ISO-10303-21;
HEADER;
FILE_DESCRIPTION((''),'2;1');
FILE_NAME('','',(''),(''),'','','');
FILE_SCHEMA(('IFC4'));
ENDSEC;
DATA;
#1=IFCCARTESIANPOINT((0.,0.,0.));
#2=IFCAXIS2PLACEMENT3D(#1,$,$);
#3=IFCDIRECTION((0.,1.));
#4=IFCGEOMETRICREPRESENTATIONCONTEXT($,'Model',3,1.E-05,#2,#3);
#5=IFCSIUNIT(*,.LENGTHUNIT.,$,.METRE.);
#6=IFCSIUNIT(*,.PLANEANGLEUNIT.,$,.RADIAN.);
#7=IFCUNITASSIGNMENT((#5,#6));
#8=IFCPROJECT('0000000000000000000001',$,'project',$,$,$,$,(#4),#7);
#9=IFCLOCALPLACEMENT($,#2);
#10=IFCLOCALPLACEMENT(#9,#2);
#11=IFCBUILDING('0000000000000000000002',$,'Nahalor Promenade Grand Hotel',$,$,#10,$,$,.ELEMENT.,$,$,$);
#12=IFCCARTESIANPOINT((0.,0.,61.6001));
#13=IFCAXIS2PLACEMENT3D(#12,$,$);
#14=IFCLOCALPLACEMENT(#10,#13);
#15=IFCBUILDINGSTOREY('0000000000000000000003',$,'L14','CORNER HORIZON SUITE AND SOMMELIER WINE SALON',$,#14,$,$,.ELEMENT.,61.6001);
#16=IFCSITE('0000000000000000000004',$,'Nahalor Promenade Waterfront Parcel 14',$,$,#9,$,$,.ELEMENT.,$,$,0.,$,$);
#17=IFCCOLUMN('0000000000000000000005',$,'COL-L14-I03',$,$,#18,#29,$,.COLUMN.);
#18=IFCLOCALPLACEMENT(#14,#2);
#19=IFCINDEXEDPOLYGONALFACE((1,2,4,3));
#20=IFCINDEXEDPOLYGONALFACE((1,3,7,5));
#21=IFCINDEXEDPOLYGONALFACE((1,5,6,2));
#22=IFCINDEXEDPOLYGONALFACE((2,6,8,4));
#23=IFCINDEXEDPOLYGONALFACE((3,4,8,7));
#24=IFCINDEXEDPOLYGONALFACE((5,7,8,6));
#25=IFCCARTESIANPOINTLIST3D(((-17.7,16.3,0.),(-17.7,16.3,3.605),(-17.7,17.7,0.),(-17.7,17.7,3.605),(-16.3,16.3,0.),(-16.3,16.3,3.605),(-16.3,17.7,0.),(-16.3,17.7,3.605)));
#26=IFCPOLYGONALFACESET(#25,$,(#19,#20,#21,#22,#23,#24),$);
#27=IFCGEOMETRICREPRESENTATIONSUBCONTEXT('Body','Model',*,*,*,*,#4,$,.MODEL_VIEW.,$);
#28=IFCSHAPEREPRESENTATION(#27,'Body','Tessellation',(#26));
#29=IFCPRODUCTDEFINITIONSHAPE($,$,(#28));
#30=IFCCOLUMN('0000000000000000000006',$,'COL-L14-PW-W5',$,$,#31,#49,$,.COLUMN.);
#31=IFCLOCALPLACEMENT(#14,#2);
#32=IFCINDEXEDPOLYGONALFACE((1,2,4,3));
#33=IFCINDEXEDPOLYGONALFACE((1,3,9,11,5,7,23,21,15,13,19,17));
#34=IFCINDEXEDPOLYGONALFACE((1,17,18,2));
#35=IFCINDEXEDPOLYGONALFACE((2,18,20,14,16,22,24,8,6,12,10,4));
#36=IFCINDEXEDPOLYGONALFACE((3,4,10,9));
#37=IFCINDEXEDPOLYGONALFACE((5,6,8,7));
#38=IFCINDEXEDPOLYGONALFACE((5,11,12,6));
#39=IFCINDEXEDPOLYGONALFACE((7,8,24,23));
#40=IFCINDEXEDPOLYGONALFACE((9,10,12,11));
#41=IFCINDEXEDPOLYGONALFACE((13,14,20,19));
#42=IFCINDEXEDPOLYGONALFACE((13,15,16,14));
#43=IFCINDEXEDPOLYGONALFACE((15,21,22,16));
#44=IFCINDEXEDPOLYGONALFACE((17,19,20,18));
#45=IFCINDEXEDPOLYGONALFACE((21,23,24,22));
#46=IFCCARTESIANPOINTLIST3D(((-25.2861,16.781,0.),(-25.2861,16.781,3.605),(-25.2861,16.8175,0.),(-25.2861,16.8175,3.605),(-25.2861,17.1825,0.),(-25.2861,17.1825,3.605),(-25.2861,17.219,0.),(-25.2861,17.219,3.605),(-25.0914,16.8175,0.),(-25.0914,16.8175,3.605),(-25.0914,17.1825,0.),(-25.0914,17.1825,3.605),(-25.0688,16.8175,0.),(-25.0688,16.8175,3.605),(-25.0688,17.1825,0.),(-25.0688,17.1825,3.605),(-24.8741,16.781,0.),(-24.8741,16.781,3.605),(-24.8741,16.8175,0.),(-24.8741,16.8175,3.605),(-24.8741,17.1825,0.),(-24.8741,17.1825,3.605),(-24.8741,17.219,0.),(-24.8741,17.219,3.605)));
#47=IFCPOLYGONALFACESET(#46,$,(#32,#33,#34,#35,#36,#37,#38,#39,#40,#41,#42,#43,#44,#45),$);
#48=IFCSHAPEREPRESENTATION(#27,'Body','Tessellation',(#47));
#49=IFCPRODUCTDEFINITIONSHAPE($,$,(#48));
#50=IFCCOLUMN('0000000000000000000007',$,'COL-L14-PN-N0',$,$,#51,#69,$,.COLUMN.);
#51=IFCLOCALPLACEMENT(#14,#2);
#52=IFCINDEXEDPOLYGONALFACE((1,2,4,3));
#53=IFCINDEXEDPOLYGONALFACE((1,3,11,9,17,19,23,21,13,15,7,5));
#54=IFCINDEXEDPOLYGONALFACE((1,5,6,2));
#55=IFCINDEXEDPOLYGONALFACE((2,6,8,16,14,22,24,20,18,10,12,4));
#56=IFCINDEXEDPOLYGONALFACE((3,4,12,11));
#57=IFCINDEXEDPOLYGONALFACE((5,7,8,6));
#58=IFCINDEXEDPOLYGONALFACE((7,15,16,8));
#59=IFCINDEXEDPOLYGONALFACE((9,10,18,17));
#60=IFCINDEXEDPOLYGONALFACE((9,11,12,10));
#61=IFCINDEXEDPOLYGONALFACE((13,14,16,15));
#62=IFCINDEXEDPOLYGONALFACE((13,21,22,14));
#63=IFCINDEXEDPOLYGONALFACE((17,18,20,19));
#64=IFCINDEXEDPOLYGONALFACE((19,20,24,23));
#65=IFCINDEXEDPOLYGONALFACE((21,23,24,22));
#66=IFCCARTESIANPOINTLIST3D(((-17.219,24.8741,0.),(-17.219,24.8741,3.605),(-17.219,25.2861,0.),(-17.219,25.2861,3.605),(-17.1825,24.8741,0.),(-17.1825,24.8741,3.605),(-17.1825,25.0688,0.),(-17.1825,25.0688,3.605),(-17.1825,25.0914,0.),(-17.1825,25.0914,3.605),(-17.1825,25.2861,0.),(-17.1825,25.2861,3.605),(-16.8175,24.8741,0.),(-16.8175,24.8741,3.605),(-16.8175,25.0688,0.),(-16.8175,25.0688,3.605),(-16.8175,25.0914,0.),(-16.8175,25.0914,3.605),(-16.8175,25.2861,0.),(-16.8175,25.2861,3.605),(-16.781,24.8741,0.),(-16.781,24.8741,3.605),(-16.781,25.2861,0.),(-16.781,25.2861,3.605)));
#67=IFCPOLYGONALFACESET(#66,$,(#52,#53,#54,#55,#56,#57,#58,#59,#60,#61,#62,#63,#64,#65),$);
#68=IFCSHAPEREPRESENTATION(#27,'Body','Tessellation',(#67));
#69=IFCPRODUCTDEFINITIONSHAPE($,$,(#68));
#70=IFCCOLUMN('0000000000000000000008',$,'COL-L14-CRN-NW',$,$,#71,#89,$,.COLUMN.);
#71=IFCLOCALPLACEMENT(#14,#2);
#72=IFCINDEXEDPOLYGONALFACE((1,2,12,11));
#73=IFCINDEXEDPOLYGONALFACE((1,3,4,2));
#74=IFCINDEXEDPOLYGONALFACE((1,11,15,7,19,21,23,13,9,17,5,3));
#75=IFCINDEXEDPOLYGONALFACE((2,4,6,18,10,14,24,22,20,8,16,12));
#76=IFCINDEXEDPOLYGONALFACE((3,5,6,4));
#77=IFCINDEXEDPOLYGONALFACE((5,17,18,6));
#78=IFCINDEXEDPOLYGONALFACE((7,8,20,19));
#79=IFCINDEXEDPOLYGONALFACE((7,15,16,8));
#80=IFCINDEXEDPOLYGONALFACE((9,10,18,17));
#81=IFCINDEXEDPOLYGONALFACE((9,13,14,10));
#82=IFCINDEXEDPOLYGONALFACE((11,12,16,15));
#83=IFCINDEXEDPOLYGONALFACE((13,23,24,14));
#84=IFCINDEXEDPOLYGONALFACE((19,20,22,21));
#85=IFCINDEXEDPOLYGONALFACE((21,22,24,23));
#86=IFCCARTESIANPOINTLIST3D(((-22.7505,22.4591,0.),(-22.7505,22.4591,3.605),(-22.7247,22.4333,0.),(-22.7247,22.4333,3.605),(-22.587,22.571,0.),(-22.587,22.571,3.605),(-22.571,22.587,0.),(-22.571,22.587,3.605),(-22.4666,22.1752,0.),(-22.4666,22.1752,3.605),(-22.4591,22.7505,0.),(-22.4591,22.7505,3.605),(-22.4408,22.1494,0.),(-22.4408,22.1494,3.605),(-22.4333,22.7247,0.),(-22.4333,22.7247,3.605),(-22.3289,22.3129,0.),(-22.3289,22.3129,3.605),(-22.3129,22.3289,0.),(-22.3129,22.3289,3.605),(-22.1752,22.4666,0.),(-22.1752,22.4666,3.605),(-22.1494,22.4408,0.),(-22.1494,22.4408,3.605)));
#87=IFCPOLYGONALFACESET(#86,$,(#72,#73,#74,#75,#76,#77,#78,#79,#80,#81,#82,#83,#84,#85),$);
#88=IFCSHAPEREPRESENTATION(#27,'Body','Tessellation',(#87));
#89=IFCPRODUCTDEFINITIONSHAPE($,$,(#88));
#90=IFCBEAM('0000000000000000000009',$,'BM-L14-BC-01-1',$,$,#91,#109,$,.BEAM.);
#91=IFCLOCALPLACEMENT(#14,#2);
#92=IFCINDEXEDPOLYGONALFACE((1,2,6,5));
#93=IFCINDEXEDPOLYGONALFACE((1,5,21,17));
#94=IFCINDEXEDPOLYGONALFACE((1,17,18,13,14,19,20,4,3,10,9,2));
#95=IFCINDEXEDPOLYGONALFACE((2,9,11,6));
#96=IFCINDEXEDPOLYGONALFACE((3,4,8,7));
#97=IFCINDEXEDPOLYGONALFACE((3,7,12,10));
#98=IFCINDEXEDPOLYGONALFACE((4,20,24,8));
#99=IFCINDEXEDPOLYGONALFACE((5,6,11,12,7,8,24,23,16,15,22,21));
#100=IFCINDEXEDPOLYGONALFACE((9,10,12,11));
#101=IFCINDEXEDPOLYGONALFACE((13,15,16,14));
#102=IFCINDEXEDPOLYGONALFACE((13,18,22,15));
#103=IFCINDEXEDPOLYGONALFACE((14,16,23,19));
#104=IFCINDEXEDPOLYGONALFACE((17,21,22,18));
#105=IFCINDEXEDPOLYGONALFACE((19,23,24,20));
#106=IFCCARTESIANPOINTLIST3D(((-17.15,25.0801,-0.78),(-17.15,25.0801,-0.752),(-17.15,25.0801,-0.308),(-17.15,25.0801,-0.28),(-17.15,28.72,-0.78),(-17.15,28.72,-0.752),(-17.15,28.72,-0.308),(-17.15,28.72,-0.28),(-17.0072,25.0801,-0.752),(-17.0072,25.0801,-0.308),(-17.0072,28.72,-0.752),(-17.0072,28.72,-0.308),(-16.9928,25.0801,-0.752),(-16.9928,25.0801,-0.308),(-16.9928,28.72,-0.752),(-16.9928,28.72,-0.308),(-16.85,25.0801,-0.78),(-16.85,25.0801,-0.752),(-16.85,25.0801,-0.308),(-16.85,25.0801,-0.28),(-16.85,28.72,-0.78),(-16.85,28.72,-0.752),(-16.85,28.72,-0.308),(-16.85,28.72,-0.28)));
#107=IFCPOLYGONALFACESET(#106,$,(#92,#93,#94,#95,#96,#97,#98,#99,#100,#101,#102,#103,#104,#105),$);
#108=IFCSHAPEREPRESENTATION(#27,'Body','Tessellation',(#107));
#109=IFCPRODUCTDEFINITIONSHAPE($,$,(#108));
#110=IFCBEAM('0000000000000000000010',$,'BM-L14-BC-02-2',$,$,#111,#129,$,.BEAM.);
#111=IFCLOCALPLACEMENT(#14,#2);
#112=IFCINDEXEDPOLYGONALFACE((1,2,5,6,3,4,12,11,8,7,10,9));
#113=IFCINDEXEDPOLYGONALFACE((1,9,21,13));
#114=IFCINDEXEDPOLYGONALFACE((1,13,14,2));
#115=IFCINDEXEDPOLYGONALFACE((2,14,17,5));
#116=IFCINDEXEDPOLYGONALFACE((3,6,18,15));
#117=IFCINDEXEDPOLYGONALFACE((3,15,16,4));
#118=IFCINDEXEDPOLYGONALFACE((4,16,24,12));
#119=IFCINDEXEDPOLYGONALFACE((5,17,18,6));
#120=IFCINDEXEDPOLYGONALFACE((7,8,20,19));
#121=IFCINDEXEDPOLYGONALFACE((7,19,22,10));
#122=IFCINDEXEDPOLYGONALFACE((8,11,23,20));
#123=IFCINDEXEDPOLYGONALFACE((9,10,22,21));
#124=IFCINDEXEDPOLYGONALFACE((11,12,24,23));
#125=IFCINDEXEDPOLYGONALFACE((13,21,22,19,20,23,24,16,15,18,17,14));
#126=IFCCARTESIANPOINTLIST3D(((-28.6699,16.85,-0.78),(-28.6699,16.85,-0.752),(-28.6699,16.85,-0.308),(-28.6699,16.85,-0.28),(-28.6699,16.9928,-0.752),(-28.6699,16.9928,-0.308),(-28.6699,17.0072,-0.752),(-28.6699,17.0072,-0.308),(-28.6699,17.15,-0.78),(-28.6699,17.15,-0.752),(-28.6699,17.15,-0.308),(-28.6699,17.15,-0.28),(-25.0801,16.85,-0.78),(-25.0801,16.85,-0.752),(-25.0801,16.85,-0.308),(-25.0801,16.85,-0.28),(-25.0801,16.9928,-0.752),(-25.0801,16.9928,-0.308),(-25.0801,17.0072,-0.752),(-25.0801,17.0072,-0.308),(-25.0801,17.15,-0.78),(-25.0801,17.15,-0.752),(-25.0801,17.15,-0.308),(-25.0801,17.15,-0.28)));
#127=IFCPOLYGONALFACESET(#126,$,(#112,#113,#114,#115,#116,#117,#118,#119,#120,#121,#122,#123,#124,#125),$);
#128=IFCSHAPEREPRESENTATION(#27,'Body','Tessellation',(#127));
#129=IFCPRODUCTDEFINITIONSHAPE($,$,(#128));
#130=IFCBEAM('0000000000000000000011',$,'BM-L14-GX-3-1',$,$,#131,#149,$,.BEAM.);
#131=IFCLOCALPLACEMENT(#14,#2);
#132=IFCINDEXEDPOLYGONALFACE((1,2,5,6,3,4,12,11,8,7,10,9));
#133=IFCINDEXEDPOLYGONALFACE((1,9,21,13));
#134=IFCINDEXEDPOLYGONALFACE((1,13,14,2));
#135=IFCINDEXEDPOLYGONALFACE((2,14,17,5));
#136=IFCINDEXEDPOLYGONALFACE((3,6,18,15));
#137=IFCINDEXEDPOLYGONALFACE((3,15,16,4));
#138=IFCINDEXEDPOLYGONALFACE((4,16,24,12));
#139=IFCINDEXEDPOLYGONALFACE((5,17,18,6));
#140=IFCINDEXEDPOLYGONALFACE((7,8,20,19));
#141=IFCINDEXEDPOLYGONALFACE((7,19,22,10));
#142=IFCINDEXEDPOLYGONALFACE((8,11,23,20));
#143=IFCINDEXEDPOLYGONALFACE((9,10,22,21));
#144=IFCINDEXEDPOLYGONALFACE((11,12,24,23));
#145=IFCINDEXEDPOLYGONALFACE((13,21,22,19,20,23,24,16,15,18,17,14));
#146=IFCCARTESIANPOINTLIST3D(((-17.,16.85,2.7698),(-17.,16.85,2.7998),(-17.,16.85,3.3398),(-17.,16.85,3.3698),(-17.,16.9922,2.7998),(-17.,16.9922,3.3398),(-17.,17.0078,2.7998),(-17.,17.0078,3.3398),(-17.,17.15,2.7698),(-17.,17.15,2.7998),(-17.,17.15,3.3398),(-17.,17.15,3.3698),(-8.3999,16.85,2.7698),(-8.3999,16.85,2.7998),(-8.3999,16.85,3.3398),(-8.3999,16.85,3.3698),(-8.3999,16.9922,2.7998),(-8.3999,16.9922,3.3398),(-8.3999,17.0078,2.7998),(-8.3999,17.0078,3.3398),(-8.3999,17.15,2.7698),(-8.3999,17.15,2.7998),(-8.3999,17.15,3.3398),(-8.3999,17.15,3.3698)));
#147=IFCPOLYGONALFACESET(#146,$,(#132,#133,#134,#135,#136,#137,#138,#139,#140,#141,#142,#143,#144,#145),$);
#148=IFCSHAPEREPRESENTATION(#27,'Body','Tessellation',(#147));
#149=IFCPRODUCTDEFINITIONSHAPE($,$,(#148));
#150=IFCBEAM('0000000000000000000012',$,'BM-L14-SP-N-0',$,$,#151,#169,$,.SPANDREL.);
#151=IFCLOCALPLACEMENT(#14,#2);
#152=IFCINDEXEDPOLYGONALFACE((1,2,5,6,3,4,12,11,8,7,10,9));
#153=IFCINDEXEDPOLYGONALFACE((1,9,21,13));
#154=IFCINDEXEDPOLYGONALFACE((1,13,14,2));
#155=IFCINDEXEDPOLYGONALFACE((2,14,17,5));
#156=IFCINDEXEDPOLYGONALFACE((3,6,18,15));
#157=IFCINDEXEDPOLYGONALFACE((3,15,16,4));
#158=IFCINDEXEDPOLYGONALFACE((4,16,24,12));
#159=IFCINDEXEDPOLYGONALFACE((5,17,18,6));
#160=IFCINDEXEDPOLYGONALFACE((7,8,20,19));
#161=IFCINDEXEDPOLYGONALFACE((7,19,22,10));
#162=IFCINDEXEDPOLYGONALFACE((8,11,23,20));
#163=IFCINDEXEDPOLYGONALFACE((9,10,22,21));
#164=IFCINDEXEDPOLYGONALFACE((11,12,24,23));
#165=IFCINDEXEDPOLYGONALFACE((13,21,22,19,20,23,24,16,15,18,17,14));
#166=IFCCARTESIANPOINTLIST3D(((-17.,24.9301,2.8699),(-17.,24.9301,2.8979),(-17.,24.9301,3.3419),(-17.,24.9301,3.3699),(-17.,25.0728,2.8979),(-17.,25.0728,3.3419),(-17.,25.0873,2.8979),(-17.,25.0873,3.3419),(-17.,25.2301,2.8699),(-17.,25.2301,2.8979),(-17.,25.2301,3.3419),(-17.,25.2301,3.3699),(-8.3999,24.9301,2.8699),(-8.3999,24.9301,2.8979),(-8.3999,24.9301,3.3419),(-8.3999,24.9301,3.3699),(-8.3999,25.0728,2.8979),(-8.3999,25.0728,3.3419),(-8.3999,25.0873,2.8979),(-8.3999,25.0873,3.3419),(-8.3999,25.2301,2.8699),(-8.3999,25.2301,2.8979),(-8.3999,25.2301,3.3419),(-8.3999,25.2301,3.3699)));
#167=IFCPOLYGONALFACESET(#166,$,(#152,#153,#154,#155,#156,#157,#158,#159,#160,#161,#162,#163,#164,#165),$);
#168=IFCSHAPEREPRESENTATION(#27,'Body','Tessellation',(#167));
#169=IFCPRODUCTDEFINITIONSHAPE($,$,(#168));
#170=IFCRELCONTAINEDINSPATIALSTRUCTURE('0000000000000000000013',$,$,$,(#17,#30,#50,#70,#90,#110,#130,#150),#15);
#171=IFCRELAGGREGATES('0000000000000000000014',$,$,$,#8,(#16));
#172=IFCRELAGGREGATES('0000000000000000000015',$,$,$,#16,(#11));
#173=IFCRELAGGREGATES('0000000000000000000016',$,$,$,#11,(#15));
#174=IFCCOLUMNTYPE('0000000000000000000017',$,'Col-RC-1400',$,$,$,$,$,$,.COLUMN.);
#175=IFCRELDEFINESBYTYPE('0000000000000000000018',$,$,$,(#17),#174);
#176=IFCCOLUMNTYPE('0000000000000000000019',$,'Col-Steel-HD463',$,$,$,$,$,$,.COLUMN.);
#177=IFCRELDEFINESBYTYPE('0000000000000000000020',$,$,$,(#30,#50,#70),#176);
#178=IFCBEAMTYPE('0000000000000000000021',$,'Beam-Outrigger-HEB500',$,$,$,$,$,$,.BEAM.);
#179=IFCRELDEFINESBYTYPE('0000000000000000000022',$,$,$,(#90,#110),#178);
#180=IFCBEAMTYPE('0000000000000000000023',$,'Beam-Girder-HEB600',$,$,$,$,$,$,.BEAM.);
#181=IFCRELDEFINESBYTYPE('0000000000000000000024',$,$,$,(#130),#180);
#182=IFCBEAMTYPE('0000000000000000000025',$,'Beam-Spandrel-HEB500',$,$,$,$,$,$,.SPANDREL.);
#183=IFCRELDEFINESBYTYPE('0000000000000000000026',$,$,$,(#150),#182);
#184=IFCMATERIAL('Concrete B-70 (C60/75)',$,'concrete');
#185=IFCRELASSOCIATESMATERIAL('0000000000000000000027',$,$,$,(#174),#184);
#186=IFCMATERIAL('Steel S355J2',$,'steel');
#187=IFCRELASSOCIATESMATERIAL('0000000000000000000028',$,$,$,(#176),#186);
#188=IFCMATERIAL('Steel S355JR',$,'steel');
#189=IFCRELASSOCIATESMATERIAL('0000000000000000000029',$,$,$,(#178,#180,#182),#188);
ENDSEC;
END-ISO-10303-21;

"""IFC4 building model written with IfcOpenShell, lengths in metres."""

from ifc_helpers import new_model, si_unit, direction, frame, origin, origin_2d, place, context, subcontext, project, spatial, rectangle, i_section, extrude, source, transform, mapped, material, material_profile, profile_set, type_object, element, save


model = new_model("IFC4")

# Units and contexts
model_context = context("Model", 3, precision=1e-05, world=origin(), true_north=direction((0.0, 1.0)))
body_context = subcontext(model_context, "Body", "Model", "MODEL_VIEW")
ifc_project = project(units=[si_unit("LENGTHUNIT", "METRE"), si_unit("PLANEANGLEUNIT", "RADIAN")], contexts=[model_context])

# Site, building, storey
site_placement = place(None, origin())
site = spatial("IfcSite", under=ifc_project, at=site_placement, Name="Nahalor Promenade Waterfront Parcel 14", CompositionType="ELEMENT", RefElevation=0.0)
building_placement = place(site_placement, origin())
building = spatial("IfcBuilding", under=site, at=building_placement, Name="Nahalor Promenade Grand Hotel", CompositionType="ELEMENT")
storey_placement = place(building_placement, frame((0.0, 0.0, 61.6001)))
storey = spatial("IfcBuildingStorey", under=building, at=storey_placement, Name="L14", Description="CORNER HORIZON SUITE AND SOMMELIER WINE SALON", CompositionType="ELEMENT", Elevation=61.6001)

# Columns
ifc_material_1 = material(Name="Concrete B-70 (C60/75)", Category="concrete")
ifc_material_profile_1 = material_profile(ifc_material_1, rectangle(XDim=1.4, YDim=1.4, at=origin_2d()), Name="RC 1400x1400")
ifc_profile_set_1 = profile_set([ifc_material_profile_1], Name="Concrete B-70 (C60/75)")
column_type_1 = type_object("IfcColumnType", Name="Col-RC-1400", PredefinedType="COLUMN", material=ifc_profile_set_1)
shared_shape_1 = source(origin(), body_context, "Body", "SweptSolid", [
    extrude(rectangle(XDim=1.4, YDim=1.4, at=origin_2d()), origin(), (0.0, 0.0, 1.0), 3.605),
])
column_placement = place(storey_placement, frame((-17.0, 17.0, 0.0), z_axis=(0.0, 0.0, 1.0), x_axis=(1.0, 0.0, 0.0)))
element("IfcColumn", 1, at=column_placement, inside=storey, type_object=column_type_1, Name="COL-L14-I03", PredefinedType="COLUMN", context=body_context, shape_type="MappedRepresentation", body=[
    mapped(shared_shape_1, transform((0.0, 0.0, 0.0), scale=1.0)),
])
ifc_material_2 = material(Name="Steel S355J2", Category="steel")
ifc_material_profile_2 = material_profile(ifc_material_2, i_section(OverallWidth=0.412, OverallDepth=0.438, WebThickness=0.0226, FlangeThickness=0.0365, at=origin_2d()), Name="HD 400x463")
ifc_profile_set_2 = profile_set([ifc_material_profile_2], Name="Steel S355J2")
column_type_2 = type_object("IfcColumnType", Name="Col-Steel-HD463", PredefinedType="COLUMN", material=ifc_profile_set_2)
shared_shape_2 = source(origin(), body_context, "Body", "SweptSolid", [
    extrude(i_section(OverallWidth=0.412, OverallDepth=0.438, WebThickness=0.0226, FlangeThickness=0.0365, at=origin_2d()), origin(), (0.0, 0.0, 1.0), 3.605),
])
for number, where, z_axis, x_axis, name in (
    (2, (-25.0801, 17.0, 0.0), (0.0, 0.0, 1.0), (1.0, 0.0, 0.0), "COL-L14-PW-W5"),
    (3, (-17.0, 25.0801, 0.0), (0.0, 0.0, 1.0), (0.0, 1.0, 0.0), "COL-L14-PN-N0"),
    (4, (-22.45, 22.45, 0.0), (0.0, 0.0, 1.0), (0.707107, 0.707107, 0.0), "COL-L14-CRN-NW"),
):
    element("IfcColumn", number, at=place(storey_placement, frame(where, z_axis=z_axis, x_axis=x_axis)), inside=storey, type_object=column_type_2, Name=name, PredefinedType="COLUMN", context=body_context, shape_type="MappedRepresentation", body=[
        mapped(shared_shape_2, transform((0.0, 0.0, 0.0), scale=1.0)),
    ])

# Beams
ifc_material_3 = material(Name="Steel S355JR", Category="steel")
ifc_material_profile_3 = material_profile(ifc_material_3, i_section(OverallWidth=0.3, OverallDepth=0.5, WebThickness=0.0145, FlangeThickness=0.028, at=origin_2d()), Name="HEB 500")
ifc_profile_set_3 = profile_set([ifc_material_profile_3], Name="Steel S355JR")
beam_type_1 = type_object("IfcBeamType", Name="Beam-Outrigger-HEB500", PredefinedType="BEAM", material=ifc_profile_set_3)
shared_shape_3 = source(origin(), body_context, "Body", "SweptSolid", [
    extrude(i_section(OverallWidth=0.3, OverallDepth=0.5, WebThickness=0.0145, FlangeThickness=0.028, at=origin_2d()), origin(), (0.0, 0.0, 1.0), 3.6399),
])
beam_1_placement = place(storey_placement, frame((-17.0, 25.0801, -0.53), z_axis=(0.0, 1.0, 0.0), x_axis=(-1.0, 0.0, 0.0)))
element("IfcBeam", 5, at=beam_1_placement, inside=storey, type_object=beam_type_1, Name="BM-L14-BC-01-1", PredefinedType="BEAM", context=body_context, shape_type="MappedRepresentation", body=[
    mapped(shared_shape_3, transform((0.0, 0.0, 0.0), scale=1.0)),
])
shared_shape_4 = source(origin(), body_context, "Body", "SweptSolid", [
    extrude(i_section(OverallWidth=0.3, OverallDepth=0.5, WebThickness=0.0145, FlangeThickness=0.028, at=origin_2d()), origin(), (0.0, 0.0, 1.0), 3.5898),
])
beam_2_placement = place(storey_placement, frame((-28.6699, 17.0, -0.53), z_axis=(1.0, 0.0, 0.0), x_axis=(0.0, 1.0, 0.0)))
element("IfcBeam", 6, at=beam_2_placement, inside=storey, type_object=beam_type_1, Name="BM-L14-BC-02-2", PredefinedType="BEAM", context=body_context, shape_type="MappedRepresentation", body=[
    mapped(shared_shape_4, transform((0.0, 0.0, 0.0), scale=1.0)),
])
ifc_material_profile_4 = material_profile(ifc_material_3, i_section(OverallWidth=0.3, OverallDepth=0.6, WebThickness=0.0155, FlangeThickness=0.03, at=origin_2d()), Name="HEB 600")
ifc_profile_set_4 = profile_set([ifc_material_profile_4], Name="Steel S355JR")
beam_type_2 = type_object("IfcBeamType", Name="Beam-Girder-HEB600", PredefinedType="BEAM", material=ifc_profile_set_4)
shared_shape_5 = source(origin(), body_context, "Body", "SweptSolid", [
    extrude(i_section(OverallWidth=0.3, OverallDepth=0.6, WebThickness=0.0155, FlangeThickness=0.03, at=origin_2d()), origin(), (0.0, 0.0, 1.0), 8.6001),
])
beam_3_placement = place(storey_placement, frame((-17.0, 17.0, 3.0698), z_axis=(1.0, 0.0, 0.0), x_axis=(0.0, 1.0, 0.0)))
element("IfcBeam", 7, at=beam_3_placement, inside=storey, type_object=beam_type_2, Name="BM-L14-GX-3-1", PredefinedType="BEAM", context=body_context, shape_type="MappedRepresentation", body=[
    mapped(shared_shape_5, transform((0.0, 0.0, 0.0), scale=1.0)),
])
ifc_material_profile_5 = material_profile(ifc_material_3, i_section(OverallWidth=0.3, OverallDepth=0.5, WebThickness=0.0145, FlangeThickness=0.028, at=origin_2d()), Name="HEB 500")
ifc_profile_set_5 = profile_set([ifc_material_profile_5], Name="Steel S355JR")
beam_type_3 = type_object("IfcBeamType", Name="Beam-Spandrel-HEB500", PredefinedType="SPANDREL", material=ifc_profile_set_5)
shared_shape_6 = source(origin(), body_context, "Body", "SweptSolid", [
    extrude(i_section(OverallWidth=0.3, OverallDepth=0.5, WebThickness=0.0145, FlangeThickness=0.028, at=origin_2d()), origin(), (0.0, 0.0, 1.0), 8.6001),
])
beam_4_placement = place(storey_placement, frame((-17.0, 25.0801, 3.1199), z_axis=(1.0, 0.0, 0.0), x_axis=(0.0, 1.0, 0.0)))
element("IfcBeam", 8, at=beam_4_placement, inside=storey, type_object=beam_type_3, Name="BM-L14-SP-N-0", PredefinedType="SPANDREL", context=body_context, shape_type="MappedRepresentation", body=[
    mapped(shared_shape_6, transform((0.0, 0.0, 0.0), scale=1.0)),
])

save(model, "model.ifc")
